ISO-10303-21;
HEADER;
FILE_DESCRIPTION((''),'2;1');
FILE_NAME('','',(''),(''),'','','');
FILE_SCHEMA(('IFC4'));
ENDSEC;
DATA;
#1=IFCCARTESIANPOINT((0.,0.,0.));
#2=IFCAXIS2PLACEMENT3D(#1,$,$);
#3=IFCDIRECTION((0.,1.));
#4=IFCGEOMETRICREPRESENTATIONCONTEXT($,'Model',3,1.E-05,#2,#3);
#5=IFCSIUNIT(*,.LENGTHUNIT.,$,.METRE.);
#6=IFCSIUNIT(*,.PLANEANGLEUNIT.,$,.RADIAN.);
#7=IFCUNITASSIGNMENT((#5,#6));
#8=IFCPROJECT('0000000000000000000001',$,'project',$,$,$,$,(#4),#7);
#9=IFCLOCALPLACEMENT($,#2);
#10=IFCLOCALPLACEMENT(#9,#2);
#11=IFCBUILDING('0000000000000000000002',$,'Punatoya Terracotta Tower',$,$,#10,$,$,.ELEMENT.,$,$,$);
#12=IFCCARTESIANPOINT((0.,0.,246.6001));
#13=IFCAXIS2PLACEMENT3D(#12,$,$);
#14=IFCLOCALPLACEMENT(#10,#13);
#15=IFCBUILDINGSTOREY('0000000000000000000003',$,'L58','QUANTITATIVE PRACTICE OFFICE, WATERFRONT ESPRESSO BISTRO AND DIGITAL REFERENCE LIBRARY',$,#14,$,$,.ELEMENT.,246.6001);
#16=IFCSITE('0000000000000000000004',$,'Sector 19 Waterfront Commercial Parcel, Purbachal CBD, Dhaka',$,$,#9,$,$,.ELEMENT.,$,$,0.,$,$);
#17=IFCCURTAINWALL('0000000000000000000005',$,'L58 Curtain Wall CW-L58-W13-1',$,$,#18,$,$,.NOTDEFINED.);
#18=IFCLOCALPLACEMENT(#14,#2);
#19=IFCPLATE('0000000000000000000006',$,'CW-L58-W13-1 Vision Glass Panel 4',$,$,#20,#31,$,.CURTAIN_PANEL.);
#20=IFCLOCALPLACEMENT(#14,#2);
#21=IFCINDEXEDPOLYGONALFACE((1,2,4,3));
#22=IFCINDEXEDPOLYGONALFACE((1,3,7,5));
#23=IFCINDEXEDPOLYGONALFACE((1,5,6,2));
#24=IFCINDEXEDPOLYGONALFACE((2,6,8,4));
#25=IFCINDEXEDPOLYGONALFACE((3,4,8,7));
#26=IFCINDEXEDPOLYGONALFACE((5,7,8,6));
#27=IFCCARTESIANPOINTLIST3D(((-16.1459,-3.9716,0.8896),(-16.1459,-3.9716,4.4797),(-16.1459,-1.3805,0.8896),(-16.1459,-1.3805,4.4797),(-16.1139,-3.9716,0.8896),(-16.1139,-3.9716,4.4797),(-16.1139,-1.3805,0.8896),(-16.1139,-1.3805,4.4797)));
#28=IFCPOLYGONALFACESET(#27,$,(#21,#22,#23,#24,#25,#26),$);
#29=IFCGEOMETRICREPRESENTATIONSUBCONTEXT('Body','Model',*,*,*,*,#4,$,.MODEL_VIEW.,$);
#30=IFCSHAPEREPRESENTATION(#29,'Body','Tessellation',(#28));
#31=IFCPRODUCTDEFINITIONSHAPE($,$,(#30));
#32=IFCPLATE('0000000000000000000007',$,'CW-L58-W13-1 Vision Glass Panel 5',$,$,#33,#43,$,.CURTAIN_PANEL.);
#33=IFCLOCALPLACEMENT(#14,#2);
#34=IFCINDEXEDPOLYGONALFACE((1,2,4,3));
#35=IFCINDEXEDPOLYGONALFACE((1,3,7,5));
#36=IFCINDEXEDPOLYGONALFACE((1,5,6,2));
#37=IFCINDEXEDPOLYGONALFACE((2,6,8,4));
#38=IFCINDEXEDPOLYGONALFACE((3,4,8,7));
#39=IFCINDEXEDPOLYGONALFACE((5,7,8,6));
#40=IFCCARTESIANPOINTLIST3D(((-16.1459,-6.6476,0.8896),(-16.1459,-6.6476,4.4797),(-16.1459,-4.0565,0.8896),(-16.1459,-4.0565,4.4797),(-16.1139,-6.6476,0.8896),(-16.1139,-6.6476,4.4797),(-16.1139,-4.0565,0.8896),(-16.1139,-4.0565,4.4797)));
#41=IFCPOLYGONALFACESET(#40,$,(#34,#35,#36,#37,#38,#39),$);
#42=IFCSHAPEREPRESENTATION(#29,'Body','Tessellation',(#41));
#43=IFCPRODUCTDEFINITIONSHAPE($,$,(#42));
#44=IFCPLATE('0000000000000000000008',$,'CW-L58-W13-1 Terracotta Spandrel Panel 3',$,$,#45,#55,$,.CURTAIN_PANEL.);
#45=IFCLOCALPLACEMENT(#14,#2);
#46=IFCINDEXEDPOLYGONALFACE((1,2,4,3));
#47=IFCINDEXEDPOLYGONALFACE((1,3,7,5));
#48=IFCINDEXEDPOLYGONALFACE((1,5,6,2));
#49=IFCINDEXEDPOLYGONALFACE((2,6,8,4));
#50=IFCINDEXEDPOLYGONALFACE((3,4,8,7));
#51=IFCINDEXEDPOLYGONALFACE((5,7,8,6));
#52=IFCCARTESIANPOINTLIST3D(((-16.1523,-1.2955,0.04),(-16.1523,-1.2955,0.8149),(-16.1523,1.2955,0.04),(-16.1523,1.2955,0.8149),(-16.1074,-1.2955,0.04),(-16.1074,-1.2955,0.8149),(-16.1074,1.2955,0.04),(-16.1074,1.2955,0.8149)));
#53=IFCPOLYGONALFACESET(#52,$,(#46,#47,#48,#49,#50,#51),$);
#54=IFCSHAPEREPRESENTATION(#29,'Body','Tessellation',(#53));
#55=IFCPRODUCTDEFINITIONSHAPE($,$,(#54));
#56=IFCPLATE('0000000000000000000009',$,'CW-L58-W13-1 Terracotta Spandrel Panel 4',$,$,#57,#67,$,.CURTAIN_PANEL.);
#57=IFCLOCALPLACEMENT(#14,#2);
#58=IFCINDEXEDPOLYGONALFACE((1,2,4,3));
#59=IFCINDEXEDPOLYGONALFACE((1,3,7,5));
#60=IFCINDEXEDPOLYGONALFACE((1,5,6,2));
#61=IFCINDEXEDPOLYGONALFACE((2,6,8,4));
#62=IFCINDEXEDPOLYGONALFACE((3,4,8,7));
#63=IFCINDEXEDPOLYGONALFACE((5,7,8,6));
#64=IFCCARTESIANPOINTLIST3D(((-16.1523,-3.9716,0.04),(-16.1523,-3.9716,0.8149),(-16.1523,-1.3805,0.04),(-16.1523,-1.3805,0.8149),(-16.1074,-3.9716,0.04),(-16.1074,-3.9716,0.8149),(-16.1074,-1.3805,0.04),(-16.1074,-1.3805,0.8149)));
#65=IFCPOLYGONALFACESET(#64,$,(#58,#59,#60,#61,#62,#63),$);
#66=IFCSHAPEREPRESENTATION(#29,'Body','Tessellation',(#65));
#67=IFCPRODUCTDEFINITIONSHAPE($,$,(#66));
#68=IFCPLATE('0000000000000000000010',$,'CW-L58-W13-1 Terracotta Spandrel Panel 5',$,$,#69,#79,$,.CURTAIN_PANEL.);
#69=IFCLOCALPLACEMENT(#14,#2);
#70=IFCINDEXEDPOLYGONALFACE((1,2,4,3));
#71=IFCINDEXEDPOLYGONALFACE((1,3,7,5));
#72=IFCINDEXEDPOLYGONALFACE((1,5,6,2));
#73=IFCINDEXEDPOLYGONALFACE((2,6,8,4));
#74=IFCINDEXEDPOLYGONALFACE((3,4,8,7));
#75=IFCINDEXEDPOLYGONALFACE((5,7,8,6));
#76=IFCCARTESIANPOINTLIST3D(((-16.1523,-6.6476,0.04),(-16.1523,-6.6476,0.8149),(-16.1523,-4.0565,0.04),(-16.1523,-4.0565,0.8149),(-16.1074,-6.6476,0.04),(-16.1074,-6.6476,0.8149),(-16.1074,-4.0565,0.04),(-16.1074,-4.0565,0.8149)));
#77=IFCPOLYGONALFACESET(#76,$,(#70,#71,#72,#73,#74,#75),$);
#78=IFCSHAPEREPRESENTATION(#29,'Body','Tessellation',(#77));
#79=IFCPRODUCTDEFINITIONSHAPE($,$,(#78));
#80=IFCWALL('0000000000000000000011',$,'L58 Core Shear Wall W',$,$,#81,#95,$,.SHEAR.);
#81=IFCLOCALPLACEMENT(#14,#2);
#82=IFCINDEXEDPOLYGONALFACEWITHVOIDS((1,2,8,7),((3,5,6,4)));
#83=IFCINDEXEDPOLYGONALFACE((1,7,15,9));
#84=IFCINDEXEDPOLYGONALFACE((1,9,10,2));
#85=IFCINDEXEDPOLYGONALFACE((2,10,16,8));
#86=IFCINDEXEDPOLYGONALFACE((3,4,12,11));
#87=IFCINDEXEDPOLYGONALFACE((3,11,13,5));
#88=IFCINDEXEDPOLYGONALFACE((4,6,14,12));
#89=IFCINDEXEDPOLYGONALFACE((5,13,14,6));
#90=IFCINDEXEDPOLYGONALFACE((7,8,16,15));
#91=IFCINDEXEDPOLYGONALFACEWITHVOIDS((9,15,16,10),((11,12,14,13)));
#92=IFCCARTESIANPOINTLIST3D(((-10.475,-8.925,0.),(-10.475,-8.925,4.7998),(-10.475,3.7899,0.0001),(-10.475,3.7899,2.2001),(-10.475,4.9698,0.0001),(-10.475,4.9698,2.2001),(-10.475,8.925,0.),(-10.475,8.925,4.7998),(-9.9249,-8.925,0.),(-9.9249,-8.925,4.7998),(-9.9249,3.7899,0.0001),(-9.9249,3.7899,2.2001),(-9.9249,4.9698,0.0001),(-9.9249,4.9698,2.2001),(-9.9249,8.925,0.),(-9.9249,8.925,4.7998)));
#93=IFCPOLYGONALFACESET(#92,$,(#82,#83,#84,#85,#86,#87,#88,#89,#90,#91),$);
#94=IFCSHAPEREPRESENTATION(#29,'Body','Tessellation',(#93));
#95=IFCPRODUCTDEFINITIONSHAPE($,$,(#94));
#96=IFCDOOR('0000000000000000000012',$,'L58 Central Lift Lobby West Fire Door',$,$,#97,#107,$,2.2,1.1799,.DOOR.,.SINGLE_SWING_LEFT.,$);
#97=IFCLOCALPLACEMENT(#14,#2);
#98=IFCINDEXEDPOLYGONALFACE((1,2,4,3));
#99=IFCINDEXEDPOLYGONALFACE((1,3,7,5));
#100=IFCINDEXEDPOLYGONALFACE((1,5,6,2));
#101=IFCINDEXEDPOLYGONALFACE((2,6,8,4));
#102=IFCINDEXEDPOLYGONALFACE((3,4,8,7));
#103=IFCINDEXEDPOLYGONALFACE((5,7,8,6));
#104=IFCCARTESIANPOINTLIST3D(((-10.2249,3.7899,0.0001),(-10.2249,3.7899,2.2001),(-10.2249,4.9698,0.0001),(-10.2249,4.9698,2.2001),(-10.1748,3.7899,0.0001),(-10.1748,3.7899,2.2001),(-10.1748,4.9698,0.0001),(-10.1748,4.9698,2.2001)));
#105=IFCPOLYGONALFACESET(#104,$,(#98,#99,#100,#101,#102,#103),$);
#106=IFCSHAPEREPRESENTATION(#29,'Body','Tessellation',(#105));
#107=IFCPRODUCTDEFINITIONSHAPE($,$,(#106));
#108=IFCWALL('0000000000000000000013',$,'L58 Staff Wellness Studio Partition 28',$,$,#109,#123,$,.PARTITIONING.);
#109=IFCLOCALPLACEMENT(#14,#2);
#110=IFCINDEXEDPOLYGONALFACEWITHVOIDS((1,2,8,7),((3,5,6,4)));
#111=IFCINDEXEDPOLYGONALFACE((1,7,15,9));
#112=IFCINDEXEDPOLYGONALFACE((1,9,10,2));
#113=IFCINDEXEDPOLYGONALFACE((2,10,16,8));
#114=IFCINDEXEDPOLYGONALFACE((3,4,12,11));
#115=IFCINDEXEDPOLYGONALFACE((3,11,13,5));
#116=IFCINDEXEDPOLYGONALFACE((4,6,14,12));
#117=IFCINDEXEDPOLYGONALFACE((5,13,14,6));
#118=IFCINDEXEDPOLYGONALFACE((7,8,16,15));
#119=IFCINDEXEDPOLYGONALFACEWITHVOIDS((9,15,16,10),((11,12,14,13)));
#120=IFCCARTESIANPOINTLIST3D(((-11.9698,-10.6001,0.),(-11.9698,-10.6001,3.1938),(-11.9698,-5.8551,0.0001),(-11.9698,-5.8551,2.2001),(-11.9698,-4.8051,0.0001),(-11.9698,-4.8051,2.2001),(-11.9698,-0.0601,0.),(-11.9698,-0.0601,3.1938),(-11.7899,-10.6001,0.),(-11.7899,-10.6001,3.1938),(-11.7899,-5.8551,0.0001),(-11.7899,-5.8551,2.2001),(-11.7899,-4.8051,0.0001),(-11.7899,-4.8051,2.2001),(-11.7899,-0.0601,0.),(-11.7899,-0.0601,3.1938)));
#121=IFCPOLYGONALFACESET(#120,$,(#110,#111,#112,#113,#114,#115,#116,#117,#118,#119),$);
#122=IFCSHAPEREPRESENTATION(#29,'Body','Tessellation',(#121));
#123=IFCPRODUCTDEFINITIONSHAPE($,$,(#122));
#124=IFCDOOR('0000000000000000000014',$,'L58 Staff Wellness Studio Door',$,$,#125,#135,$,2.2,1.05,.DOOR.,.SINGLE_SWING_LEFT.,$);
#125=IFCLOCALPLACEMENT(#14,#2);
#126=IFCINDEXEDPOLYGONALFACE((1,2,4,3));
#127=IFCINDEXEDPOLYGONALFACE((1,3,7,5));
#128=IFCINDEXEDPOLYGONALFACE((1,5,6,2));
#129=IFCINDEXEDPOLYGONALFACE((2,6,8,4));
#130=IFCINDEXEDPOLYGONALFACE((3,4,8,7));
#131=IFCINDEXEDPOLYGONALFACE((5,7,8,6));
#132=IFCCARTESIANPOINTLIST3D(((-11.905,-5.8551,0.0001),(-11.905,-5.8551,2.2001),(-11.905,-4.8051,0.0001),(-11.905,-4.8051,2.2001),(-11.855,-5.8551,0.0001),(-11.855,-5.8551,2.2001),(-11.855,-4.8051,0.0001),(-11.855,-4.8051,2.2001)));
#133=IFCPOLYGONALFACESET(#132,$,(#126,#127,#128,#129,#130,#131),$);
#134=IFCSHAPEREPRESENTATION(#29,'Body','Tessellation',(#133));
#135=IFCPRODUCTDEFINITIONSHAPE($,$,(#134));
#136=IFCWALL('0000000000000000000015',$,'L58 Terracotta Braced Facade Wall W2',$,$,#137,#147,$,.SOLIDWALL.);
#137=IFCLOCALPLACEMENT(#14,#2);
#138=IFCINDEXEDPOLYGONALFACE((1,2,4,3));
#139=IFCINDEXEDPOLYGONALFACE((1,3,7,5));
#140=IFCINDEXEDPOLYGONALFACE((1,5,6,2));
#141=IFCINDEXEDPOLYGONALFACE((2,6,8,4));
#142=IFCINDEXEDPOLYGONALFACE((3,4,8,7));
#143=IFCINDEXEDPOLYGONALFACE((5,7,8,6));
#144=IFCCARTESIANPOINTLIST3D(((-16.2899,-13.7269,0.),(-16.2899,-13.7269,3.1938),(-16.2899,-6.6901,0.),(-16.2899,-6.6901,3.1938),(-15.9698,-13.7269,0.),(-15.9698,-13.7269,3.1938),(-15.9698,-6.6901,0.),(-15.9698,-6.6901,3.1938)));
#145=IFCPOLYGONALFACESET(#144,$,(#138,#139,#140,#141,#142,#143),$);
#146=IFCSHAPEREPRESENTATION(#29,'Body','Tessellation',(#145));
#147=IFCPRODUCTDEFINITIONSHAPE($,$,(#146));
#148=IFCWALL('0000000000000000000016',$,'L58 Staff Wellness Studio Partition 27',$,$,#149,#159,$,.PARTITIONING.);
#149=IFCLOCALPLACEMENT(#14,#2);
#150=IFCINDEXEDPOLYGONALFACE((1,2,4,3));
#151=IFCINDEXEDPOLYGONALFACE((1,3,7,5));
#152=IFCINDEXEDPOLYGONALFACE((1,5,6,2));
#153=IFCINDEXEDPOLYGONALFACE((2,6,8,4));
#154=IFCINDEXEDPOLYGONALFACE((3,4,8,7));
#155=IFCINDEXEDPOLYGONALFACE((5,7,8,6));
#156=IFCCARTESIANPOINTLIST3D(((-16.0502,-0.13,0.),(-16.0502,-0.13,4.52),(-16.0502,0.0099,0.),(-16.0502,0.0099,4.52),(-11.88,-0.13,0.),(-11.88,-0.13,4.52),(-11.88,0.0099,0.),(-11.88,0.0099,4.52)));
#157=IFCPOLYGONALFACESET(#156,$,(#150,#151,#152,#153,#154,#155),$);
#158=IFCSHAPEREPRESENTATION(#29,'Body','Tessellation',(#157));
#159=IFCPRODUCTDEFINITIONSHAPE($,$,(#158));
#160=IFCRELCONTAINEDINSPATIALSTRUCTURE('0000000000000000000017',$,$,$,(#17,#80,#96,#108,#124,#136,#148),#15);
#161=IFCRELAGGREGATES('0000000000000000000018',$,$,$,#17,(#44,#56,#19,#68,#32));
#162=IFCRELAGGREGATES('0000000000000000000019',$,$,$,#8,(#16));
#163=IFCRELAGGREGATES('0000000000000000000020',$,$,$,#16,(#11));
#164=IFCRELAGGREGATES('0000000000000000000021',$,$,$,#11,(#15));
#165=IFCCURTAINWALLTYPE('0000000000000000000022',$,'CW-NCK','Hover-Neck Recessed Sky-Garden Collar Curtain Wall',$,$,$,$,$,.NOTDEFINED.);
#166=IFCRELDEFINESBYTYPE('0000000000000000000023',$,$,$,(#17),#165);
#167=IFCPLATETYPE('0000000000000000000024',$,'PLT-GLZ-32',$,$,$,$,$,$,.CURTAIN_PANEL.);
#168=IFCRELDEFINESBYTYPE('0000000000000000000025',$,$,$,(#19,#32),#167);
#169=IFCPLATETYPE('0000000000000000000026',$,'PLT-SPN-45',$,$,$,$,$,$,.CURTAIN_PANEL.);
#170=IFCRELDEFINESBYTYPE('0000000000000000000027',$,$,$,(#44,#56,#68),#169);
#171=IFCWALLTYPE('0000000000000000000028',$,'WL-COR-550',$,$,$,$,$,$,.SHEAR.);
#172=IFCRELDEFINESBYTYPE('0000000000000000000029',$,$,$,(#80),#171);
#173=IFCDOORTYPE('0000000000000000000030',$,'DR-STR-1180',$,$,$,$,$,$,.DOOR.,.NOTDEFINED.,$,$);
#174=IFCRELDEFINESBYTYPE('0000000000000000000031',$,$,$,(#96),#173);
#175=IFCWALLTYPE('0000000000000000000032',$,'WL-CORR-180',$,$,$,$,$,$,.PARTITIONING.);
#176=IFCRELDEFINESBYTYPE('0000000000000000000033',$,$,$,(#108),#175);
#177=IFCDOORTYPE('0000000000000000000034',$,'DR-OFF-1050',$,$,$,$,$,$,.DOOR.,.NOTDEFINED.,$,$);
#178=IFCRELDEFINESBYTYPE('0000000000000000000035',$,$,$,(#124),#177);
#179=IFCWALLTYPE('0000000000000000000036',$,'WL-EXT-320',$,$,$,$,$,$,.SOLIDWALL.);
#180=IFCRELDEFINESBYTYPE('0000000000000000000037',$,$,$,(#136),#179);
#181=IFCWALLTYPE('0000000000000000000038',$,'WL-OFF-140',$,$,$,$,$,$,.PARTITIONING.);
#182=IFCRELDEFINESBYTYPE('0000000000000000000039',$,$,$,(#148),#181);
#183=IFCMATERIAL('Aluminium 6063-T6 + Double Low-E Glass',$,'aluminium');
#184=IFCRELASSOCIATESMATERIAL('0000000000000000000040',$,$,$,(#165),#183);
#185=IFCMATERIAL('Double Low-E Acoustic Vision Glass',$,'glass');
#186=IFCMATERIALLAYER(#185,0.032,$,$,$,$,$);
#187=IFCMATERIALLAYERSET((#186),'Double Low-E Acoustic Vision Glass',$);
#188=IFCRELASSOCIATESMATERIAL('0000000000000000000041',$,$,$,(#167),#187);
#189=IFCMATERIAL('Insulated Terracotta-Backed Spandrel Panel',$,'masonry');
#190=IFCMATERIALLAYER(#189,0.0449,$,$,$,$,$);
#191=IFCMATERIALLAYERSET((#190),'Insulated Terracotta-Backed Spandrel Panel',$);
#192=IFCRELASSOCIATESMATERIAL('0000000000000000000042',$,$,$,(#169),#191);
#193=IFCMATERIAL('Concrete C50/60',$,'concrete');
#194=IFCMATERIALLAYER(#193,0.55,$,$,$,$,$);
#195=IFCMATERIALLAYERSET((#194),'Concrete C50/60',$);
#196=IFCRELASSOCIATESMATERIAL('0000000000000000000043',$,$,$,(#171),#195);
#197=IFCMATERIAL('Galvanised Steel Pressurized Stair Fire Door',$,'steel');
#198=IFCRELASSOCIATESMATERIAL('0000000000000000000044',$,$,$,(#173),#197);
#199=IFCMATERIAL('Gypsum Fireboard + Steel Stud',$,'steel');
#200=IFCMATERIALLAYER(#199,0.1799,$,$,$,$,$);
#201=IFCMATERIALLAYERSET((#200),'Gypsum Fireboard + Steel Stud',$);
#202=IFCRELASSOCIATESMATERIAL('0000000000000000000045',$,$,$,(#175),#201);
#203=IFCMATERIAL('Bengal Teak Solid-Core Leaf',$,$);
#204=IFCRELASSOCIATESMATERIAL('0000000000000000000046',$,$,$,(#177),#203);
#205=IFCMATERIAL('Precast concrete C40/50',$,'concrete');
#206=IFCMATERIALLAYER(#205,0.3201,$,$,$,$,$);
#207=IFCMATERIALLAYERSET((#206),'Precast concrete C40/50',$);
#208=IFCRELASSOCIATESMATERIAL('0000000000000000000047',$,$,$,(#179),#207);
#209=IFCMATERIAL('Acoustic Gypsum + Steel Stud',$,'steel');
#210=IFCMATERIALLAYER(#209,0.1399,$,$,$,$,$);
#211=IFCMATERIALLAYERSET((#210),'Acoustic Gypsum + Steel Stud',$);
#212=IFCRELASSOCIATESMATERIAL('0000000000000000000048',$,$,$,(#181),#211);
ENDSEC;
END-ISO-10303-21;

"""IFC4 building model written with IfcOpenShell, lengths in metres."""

from ifc_helpers import new_model, si_unit, direction, frame, frame_2d, origin, origin_2d, place, context, subcontext, project, spatial, rectangle, extrude, material, layer, layer_set, type_object, element, fill, aggregate, save


model = new_model("IFC4")

# Units and contexts
model_context = context("Model", 3, precision=1e-05, world=origin(), true_north=direction((0.0, 1.0)))
body_context = subcontext(model_context, "Body", "Model", "MODEL_VIEW")
ifc_project = project(units=[si_unit("LENGTHUNIT", "METRE"), si_unit("PLANEANGLEUNIT", "RADIAN")], contexts=[model_context])

# Site, building, storey
site_placement = place(None, origin())
site = spatial("IfcSite", under=ifc_project, at=site_placement, Name="Sector 19 Waterfront Commercial Parcel, Purbachal CBD, Dhaka", CompositionType="ELEMENT", RefElevation=0.0)
building_placement = place(site_placement, origin())
building = spatial("IfcBuilding", under=site, at=building_placement, Name="Punatoya Terracotta Tower", CompositionType="ELEMENT")
storey_placement = place(building_placement, frame((0.0, 0.0, 246.6001)))
storey = spatial("IfcBuildingStorey", under=building, at=storey_placement, Name="L58", Description="QUANTITATIVE PRACTICE OFFICE, WATERFRONT ESPRESSO BISTRO AND DIGITAL REFERENCE LIBRARY", CompositionType="ELEMENT", Elevation=246.6001)

# Curtain wall, plates
ifc_material_1 = material(Name="Aluminium 6063-T6 + Double Low-E Glass", Category="aluminium")
curtain_wall_type = type_object("IfcCurtainWallType", Name="CW-NCK", Description="Hover-Neck Recessed Sky-Garden Collar Curtain Wall", PredefinedType="NOTDEFINED", material=ifc_material_1)
curtain_wall_placement = place(storey_placement, origin())
curtain_wall = element("IfcCurtainWall", 1, at=curtain_wall_placement, inside=storey, type_object=curtain_wall_type, Name="L58 Curtain Wall CW-L58-W13-1", PredefinedType="NOTDEFINED")
ifc_material_2 = material(Name="Double Low-E Acoustic Vision Glass", Category="glass")
ifc_layer_1 = layer(ifc_material_2, 0.032)
ifc_layer_set_1 = layer_set([ifc_layer_1], Name="Double Low-E Acoustic Vision Glass")
plate_type_1 = type_object("IfcPlateType", Name="PLT-GLZ-32", PredefinedType="CURTAIN_PANEL", material=ifc_layer_set_1)
plate_1_placement = place(storey_placement, frame((-16.1299, -2.676, 0.8896), z_axis=(0.0, 0.0, 1.0), x_axis=(0.0, -1.0, 0.0)))
plate_1 = element("IfcPlate", 2, at=plate_1_placement, type_object=plate_type_1, Name="CW-L58-W13-1 Vision Glass Panel 4", PredefinedType="CURTAIN_PANEL", context=body_context, shape_type="SweptSolid", body=[
    extrude(rectangle(XDim=2.5911, YDim=0.032, at=origin_2d()), origin(), (0.0, 0.0, 1.0), 3.5901),
])
plate_2_placement = place(storey_placement, frame((-16.1299, -5.3521, 0.8896), z_axis=(0.0, 0.0, 1.0), x_axis=(0.0, -1.0, 0.0)))
plate_2 = element("IfcPlate", 3, at=plate_2_placement, type_object=plate_type_1, Name="CW-L58-W13-1 Vision Glass Panel 5", PredefinedType="CURTAIN_PANEL", context=body_context, shape_type="SweptSolid", body=[
    extrude(rectangle(XDim=2.5911, YDim=0.032, at=origin_2d()), origin(), (0.0, 0.0, 1.0), 3.5901),
])
ifc_material_3 = material(Name="Insulated Terracotta-Backed Spandrel Panel", Category="masonry")
ifc_layer_2 = layer(ifc_material_3, 0.0449)
ifc_layer_set_2 = layer_set([ifc_layer_2], Name="Insulated Terracotta-Backed Spandrel Panel")
plate_type_2 = type_object("IfcPlateType", Name="PLT-SPN-45", PredefinedType="CURTAIN_PANEL", material=ifc_layer_set_2)
plate_3_placement = place(storey_placement, frame((-16.1299, 0.0, 0.04), z_axis=(0.0, 0.0, 1.0), x_axis=(0.0, -1.0, 0.0)))
plate_3 = element("IfcPlate", 4, at=plate_3_placement, type_object=plate_type_2, Name="CW-L58-W13-1 Terracotta Spandrel Panel 3", PredefinedType="CURTAIN_PANEL", context=body_context, shape_type="SweptSolid", body=[
    extrude(rectangle(XDim=2.5911, YDim=0.0449, at=origin_2d()), origin(), (0.0, 0.0, 1.0), 0.7749),
])
plate_4_placement = place(storey_placement, frame((-16.1299, -2.676, 0.04), z_axis=(0.0, 0.0, 1.0), x_axis=(0.0, -1.0, 0.0)))
plate_4 = element("IfcPlate", 5, at=plate_4_placement, type_object=plate_type_2, Name="CW-L58-W13-1 Terracotta Spandrel Panel 4", PredefinedType="CURTAIN_PANEL", context=body_context, shape_type="SweptSolid", body=[
    extrude(rectangle(XDim=2.5911, YDim=0.0449, at=origin_2d()), origin(), (0.0, 0.0, 1.0), 0.7749),
])
plate_5_placement = place(storey_placement, frame((-16.1299, -5.3521, 0.04), z_axis=(0.0, 0.0, 1.0), x_axis=(0.0, -1.0, 0.0)))
plate_5 = element("IfcPlate", 6, at=plate_5_placement, type_object=plate_type_2, Name="CW-L58-W13-1 Terracotta Spandrel Panel 5", PredefinedType="CURTAIN_PANEL", context=body_context, shape_type="SweptSolid", body=[
    extrude(rectangle(XDim=2.5911, YDim=0.0449, at=origin_2d()), origin(), (0.0, 0.0, 1.0), 0.7749),
])
aggregate(curtain_wall, [plate_3, plate_4, plate_1, plate_5, plate_2])

# Walls, openings, doors
ifc_material_4 = material(Name="Concrete C50/60", Category="concrete")
ifc_layer_3 = layer(ifc_material_4, 0.55)
ifc_layer_set_3 = layer_set([ifc_layer_3], Name="Concrete C50/60")
wall_type_1 = type_object("IfcWallType", Name="WL-COR-550", PredefinedType="SHEAR", material=ifc_layer_set_3)
wall_1_placement = place(storey_placement, frame((-10.2, -8.925, 0.0), z_axis=(0.0, 0.0, 1.0), x_axis=(0.0, 1.0, 0.0)))
wall_1 = element("IfcWall", 7, at=wall_1_placement, inside=storey, type_object=wall_type_1, Name="L58 Core Shear Wall W", PredefinedType="SHEAR", context=body_context, shape_type="SweptSolid", body=[
    extrude(rectangle(XDim=17.8501, YDim=0.55, at=frame_2d((8.925, 0.0))), origin(), (0.0, 0.0, 1.0), 4.7998),
])
opening_1_placement = place(wall_1_placement, frame((12.7151, 0.0, 0.0)))
opening_1 = element("IfcOpeningElement", 8, at=opening_1_placement, cuts=wall_1, PredefinedType="OPENING", context=body_context, shape_type="SweptSolid", body=[
    extrude(rectangle(XDim=1.1799, YDim=2.2, at=frame_2d((0.5898, 1.1001))), frame((0.0, 0.2849, 0.0), z_axis=(0.0, -1.0, 0.0), x_axis=(1.0, 0.0, 0.0)), (0.0, 0.0, 1.0), 0.5701),
])
ifc_material_5 = material(Name="Galvanised Steel Pressurized Stair Fire Door", Category="steel")
door_type_1 = type_object("IfcDoorType", Name="DR-STR-1180", OperationType="NOTDEFINED", PredefinedType="DOOR", material=ifc_material_5)
door_1_placement = place(opening_1_placement, origin())
door_1 = element("IfcDoor", 9, at=door_1_placement, inside=storey, type_object=door_type_1, Name="L58 Central Lift Lobby West Fire Door", OperationType="SINGLE_SWING_LEFT", OverallHeight=2.2, OverallWidth=1.1799, PredefinedType="DOOR", context=body_context, shape_type="SweptSolid", body=[
    extrude(rectangle(XDim=1.1799, YDim=2.2, at=frame_2d((0.5898, 1.1001))), frame((0.0, 0.0249, 0.0), z_axis=(0.0, -1.0, 0.0), x_axis=(1.0, 0.0, 0.0)), (0.0, 0.0, 1.0), 0.05),
])
fill(opening_1, door_1)
ifc_material_6 = material(Name="Gypsum Fireboard + Steel Stud", Category="steel")
ifc_layer_4 = layer(ifc_material_6, 0.1799)
ifc_layer_set_4 = layer_set([ifc_layer_4], Name="Gypsum Fireboard + Steel Stud")
wall_type_2 = type_object("IfcWallType", Name="WL-CORR-180", PredefinedType="PARTITIONING", material=ifc_layer_set_4)
wall_2_placement = place(storey_placement, frame((-11.8799, -0.0601, 0.0), z_axis=(0.0, 0.0, 1.0), x_axis=(0.0, -1.0, 0.0)))
wall_2 = element("IfcWall", 10, at=wall_2_placement, inside=storey, type_object=wall_type_2, Name="L58 Staff Wellness Studio Partition 28", PredefinedType="PARTITIONING", context=body_context, shape_type="SweptSolid", body=[
    extrude(rectangle(XDim=10.54, YDim=0.1799, at=frame_2d((5.27, 0.0))), origin(), (0.0, 0.0, 1.0), 3.1938),
])
opening_2_placement = place(wall_2_placement, frame((4.7451, 0.0, 0.0)))
opening_2 = element("IfcOpeningElement", 11, at=opening_2_placement, cuts=wall_2, PredefinedType="OPENING", context=body_context, shape_type="SweptSolid", body=[
    extrude(rectangle(XDim=1.05, YDim=2.2, at=frame_2d((0.5249, 1.1001))), frame((0.0, 0.0999, 0.0), z_axis=(0.0, -1.0, 0.0), x_axis=(1.0, 0.0, 0.0)), (0.0, 0.0, 1.0), 0.2),
])
ifc_material_7 = material(Name="Bengal Teak Solid-Core Leaf")
door_type_2 = type_object("IfcDoorType", Name="DR-OFF-1050", OperationType="NOTDEFINED", PredefinedType="DOOR", material=ifc_material_7)
door_2_placement = place(opening_2_placement, origin())
door_2 = element("IfcDoor", 12, at=door_2_placement, inside=storey, type_object=door_type_2, Name="L58 Staff Wellness Studio Door", OperationType="SINGLE_SWING_LEFT", OverallHeight=2.2, OverallWidth=1.05, PredefinedType="DOOR", context=body_context, shape_type="SweptSolid", body=[
    extrude(rectangle(XDim=1.05, YDim=2.2, at=frame_2d((0.5249, 1.1001))), frame((0.0, 0.0249, 0.0), z_axis=(0.0, -1.0, 0.0), x_axis=(1.0, 0.0, 0.0)), (0.0, 0.0, 1.0), 0.05),
])
fill(opening_2, door_2)

# Walls
ifc_material_8 = material(Name="Precast concrete C40/50", Category="concrete")
ifc_layer_5 = layer(ifc_material_8, 0.3201)
ifc_layer_set_5 = layer_set([ifc_layer_5], Name="Precast concrete C40/50")
wall_type_3 = type_object("IfcWallType", Name="WL-EXT-320", PredefinedType="SOLIDWALL", material=ifc_layer_set_5)
wall_3_placement = place(storey_placement, frame((-16.1299, -6.6899, 0.0), z_axis=(0.0, 0.0, 1.0), x_axis=(0.0, -1.0, 0.0)))
element("IfcWall", 13, at=wall_3_placement, inside=storey, type_object=wall_type_3, Name="L58 Terracotta Braced Facade Wall W2", PredefinedType="SOLIDWALL", context=body_context, shape_type="SweptSolid", body=[
    extrude(rectangle(XDim=7.0369, YDim=0.3201, at=frame_2d((3.5186, 0.0))), origin(), (0.0, 0.0, 1.0), 3.1938),
])
ifc_material_9 = material(Name="Acoustic Gypsum + Steel Stud", Category="steel")
ifc_layer_6 = layer(ifc_material_9, 0.1399)
ifc_layer_set_6 = layer_set([ifc_layer_6], Name="Acoustic Gypsum + Steel Stud")
wall_type_4 = type_object("IfcWallType", Name="WL-OFF-140", PredefinedType="PARTITIONING", material=ifc_layer_set_6)
wall_4_placement = place(storey_placement, frame((-16.05, -0.0601, 0.0), z_axis=(0.0, 0.0, 1.0), x_axis=(1.0, 0.0, 0.0)))
element("IfcWall", 14, at=wall_4_placement, inside=storey, type_object=wall_type_4, Name="L58 Staff Wellness Studio Partition 27", PredefinedType="PARTITIONING", context=body_context, shape_type="SweptSolid", body=[
    extrude(rectangle(XDim=4.1702, YDim=0.1399, at=frame_2d((2.085, 0.0))), origin(), (0.0, 0.0, 1.0), 4.52),
])

save(model, "model.ifc")
